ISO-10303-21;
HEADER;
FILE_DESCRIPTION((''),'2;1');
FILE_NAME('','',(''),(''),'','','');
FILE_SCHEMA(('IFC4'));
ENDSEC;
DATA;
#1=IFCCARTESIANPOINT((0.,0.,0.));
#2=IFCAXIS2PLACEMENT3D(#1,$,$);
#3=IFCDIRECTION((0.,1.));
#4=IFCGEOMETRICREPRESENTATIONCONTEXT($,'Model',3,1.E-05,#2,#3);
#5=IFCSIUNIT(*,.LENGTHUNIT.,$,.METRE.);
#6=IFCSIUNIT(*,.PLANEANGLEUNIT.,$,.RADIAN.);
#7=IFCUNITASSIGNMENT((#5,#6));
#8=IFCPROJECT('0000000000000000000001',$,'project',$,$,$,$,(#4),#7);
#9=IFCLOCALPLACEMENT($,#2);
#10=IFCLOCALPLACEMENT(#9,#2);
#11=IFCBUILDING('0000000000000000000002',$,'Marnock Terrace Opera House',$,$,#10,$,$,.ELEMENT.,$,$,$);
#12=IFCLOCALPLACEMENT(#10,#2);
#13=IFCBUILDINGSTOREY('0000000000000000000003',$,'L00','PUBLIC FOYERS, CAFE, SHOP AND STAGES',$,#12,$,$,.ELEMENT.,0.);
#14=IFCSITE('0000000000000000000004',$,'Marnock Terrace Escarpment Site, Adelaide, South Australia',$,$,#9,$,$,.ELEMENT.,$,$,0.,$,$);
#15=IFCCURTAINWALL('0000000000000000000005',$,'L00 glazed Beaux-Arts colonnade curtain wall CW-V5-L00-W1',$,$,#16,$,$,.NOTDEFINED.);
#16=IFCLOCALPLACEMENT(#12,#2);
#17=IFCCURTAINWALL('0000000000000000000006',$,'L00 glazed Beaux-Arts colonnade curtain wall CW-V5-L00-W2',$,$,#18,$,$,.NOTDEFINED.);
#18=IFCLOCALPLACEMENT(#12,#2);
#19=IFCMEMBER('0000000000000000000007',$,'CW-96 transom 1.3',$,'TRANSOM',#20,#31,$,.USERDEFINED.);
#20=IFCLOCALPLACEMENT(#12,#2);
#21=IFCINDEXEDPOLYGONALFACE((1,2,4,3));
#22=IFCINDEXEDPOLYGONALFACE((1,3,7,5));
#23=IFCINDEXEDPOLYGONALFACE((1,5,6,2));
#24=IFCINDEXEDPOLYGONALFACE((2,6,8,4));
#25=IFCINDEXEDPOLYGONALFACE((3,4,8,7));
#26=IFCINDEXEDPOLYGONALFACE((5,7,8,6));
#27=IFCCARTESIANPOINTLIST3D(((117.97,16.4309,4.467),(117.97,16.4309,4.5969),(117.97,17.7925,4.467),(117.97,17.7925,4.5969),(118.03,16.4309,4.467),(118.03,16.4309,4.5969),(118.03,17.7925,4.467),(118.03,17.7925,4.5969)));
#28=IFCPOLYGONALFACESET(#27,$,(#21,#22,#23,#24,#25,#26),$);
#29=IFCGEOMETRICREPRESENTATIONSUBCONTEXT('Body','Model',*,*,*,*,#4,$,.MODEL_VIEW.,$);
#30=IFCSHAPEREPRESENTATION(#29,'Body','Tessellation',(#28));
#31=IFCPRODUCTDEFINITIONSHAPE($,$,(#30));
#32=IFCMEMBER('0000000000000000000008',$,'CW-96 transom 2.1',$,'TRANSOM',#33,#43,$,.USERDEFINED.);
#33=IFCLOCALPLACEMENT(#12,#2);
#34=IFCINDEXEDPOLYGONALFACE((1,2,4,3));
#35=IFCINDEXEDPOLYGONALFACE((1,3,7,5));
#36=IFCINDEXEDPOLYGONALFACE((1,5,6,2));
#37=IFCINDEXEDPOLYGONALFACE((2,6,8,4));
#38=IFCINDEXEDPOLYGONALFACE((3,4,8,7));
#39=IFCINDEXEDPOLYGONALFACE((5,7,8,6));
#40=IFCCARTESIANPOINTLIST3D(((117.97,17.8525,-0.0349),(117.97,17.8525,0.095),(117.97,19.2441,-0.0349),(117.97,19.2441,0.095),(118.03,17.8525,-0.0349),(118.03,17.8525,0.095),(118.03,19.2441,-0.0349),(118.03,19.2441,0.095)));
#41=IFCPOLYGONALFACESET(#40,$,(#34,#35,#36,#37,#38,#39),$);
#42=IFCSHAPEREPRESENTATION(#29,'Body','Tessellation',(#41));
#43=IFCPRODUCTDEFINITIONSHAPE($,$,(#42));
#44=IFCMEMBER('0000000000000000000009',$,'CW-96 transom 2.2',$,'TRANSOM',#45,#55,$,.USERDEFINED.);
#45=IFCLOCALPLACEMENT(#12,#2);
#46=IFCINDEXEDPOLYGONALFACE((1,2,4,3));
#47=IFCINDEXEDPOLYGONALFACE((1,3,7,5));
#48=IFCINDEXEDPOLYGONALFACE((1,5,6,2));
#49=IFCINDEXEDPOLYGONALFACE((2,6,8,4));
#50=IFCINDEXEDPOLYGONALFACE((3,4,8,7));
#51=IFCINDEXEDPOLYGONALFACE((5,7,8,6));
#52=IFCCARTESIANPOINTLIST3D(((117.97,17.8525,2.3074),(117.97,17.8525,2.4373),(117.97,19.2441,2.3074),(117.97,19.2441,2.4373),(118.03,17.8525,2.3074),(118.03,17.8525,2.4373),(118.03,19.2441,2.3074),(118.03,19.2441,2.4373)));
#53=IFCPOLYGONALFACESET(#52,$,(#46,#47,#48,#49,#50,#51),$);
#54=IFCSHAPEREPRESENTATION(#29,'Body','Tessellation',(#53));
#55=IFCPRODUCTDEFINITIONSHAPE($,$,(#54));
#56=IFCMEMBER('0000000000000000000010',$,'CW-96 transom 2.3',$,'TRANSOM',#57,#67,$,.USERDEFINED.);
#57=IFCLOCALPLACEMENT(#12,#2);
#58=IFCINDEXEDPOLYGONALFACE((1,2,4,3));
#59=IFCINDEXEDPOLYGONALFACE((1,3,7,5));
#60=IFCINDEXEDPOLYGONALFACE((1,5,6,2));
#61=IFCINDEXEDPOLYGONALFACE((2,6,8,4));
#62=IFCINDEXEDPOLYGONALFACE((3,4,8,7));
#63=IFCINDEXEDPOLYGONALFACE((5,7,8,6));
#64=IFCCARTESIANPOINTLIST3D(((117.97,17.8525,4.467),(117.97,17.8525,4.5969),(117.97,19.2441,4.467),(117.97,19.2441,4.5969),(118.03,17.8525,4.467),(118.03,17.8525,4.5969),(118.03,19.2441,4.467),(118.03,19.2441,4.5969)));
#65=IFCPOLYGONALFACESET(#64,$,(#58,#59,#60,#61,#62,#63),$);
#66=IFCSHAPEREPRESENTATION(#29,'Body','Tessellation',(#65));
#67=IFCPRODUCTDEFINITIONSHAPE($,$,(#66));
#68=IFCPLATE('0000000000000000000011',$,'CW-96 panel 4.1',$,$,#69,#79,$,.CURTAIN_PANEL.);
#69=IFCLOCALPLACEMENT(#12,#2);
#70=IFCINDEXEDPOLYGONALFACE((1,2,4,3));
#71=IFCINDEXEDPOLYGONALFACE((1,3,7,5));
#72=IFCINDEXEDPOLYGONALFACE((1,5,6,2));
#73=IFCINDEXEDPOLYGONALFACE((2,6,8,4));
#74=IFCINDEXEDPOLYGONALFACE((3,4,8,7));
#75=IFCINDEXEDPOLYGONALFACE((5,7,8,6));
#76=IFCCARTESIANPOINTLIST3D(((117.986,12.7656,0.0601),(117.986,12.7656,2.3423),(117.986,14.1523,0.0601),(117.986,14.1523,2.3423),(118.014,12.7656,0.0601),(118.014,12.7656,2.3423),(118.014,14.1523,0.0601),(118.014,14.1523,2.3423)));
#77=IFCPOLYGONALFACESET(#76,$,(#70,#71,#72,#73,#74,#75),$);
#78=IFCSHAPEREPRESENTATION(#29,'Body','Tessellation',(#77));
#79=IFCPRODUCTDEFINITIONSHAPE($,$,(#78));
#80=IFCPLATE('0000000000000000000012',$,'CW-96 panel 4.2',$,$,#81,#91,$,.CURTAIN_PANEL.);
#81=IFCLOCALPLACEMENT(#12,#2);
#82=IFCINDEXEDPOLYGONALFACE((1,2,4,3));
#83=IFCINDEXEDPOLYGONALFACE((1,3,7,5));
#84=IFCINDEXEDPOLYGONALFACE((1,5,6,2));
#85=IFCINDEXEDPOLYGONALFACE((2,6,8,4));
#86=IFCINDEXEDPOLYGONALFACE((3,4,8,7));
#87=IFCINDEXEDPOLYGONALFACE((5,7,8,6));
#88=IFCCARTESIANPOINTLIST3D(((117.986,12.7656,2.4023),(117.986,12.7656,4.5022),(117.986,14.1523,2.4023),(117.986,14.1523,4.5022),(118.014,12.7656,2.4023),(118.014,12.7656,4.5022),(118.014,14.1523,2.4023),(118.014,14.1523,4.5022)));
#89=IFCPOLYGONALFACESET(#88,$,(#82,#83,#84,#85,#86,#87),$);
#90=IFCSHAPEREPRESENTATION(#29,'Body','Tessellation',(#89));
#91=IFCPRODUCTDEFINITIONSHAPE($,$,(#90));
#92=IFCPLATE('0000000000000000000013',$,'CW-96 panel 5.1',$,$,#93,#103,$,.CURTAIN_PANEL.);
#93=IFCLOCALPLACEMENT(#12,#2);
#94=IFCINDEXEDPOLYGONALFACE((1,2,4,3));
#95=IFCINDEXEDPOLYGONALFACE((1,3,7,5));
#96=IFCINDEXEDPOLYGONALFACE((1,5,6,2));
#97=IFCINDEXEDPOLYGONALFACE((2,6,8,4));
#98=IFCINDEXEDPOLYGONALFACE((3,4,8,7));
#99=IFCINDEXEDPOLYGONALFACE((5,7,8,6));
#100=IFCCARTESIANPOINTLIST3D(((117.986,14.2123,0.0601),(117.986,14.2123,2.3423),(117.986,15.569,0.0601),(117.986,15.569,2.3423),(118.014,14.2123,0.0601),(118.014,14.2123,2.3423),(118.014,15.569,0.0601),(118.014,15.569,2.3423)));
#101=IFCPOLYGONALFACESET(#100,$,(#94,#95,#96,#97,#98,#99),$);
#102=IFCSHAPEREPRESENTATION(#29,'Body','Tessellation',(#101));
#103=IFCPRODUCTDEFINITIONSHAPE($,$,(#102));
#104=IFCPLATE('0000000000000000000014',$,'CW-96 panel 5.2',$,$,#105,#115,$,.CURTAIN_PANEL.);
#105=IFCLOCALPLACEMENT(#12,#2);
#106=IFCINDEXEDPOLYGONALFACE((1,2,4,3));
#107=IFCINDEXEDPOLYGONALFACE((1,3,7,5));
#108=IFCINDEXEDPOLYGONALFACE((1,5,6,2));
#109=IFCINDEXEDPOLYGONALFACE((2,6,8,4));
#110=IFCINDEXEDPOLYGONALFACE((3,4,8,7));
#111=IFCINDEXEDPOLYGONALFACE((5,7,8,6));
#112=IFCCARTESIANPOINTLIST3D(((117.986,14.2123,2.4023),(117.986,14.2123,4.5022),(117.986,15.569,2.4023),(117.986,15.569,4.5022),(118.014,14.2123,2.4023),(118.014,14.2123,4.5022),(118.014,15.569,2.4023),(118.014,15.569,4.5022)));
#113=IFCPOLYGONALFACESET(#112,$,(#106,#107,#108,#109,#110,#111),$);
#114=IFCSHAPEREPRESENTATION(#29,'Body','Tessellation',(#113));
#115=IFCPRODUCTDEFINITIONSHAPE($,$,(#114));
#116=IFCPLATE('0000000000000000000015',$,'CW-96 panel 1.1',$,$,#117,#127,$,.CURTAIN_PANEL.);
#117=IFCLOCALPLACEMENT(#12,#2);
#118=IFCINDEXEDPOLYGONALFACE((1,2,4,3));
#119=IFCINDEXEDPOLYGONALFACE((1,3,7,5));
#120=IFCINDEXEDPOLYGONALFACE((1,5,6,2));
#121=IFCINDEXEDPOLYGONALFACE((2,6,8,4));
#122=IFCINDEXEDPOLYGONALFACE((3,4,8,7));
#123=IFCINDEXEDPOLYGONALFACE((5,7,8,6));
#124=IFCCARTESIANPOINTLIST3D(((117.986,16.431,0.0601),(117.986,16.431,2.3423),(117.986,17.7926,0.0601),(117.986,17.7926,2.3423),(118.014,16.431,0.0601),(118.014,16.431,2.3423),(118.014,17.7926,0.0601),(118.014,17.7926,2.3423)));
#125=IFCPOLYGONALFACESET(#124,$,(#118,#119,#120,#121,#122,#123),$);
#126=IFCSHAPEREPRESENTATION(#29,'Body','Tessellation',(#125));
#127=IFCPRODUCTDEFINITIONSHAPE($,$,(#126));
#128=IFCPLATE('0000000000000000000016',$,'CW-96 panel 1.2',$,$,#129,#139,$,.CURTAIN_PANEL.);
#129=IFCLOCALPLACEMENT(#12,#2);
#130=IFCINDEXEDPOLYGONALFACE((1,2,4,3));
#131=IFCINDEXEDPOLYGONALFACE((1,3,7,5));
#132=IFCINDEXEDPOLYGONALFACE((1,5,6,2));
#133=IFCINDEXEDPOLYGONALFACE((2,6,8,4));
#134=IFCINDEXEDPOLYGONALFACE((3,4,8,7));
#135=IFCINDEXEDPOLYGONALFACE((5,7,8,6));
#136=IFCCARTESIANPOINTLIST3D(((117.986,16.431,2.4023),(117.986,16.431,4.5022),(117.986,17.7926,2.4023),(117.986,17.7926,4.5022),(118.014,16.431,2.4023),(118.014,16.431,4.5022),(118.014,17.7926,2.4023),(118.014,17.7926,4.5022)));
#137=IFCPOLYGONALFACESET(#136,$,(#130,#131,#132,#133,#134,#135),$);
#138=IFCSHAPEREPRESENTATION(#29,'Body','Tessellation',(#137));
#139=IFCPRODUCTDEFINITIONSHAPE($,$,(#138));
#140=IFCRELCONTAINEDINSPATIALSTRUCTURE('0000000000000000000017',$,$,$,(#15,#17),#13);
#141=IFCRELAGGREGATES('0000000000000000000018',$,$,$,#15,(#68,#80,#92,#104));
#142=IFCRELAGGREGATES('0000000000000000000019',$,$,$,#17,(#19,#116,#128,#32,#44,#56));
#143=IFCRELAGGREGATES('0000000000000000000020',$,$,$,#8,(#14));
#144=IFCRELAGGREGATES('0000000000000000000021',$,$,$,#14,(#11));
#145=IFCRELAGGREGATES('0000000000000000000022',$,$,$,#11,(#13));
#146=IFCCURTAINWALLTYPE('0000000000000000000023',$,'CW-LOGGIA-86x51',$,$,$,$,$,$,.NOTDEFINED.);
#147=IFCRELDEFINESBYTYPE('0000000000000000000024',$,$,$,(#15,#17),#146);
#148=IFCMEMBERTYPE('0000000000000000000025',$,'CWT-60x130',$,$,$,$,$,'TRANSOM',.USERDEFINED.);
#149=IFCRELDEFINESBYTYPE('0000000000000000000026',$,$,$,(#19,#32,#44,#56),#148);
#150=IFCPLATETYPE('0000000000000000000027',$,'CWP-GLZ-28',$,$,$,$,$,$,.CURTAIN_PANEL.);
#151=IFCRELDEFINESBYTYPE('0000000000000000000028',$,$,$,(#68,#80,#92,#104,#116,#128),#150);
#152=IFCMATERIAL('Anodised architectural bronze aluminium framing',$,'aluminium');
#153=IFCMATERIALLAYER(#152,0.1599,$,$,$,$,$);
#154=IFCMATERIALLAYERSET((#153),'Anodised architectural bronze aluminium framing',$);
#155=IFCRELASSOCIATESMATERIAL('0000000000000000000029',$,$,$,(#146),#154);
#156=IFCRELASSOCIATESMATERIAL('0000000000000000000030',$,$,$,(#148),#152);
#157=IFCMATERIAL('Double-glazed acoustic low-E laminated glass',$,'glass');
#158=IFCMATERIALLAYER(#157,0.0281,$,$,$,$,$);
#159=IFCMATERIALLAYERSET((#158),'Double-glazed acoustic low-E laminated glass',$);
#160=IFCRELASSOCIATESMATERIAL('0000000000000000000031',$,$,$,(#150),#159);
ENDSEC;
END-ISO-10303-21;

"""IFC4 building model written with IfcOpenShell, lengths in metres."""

from ifc_helpers import new_model, si_unit, direction, frame, origin, origin_2d, place, context, subcontext, project, spatial, rectangle, extrude, material, layer, layer_set, material_profile, profile_set, type_object, element, aggregate, save


model = new_model("IFC4")

# Units and contexts
model_context = context("Model", 3, precision=1e-05, world=origin(), true_north=direction((0.0, 1.0)))
body_context = subcontext(model_context, "Body", "Model", "MODEL_VIEW")
ifc_project = project(units=[si_unit("LENGTHUNIT", "METRE"), si_unit("PLANEANGLEUNIT", "RADIAN")], contexts=[model_context])

# Site, building, storey
site_placement = place(None, origin())
site = spatial("IfcSite", under=ifc_project, at=site_placement, Name="Marnock Terrace Escarpment Site, Adelaide, South Australia", CompositionType="ELEMENT", RefElevation=0.0)
building_placement = place(site_placement, origin())
building = spatial("IfcBuilding", under=site, at=building_placement, Name="Marnock Terrace Opera House", CompositionType="ELEMENT")
storey_placement = place(building_placement, origin())
storey = spatial("IfcBuildingStorey", under=building, at=storey_placement, Name="L00", Description="PUBLIC FOYERS, CAFE, SHOP AND STAGES", CompositionType="ELEMENT", Elevation=0.0)

# Curtain walls
ifc_material_1 = material(Name="Anodised architectural bronze aluminium framing", Category="aluminium")
ifc_layer_1 = layer(ifc_material_1, 0.1599)
ifc_layer_set_1 = layer_set([ifc_layer_1], Name="Anodised architectural bronze aluminium framing")
curtain_wall_type = type_object("IfcCurtainWallType", Name="CW-LOGGIA-86x51", PredefinedType="NOTDEFINED", material=ifc_layer_set_1)
curtain_wall_1_placement = place(storey_placement, origin())
curtain_wall_1 = element("IfcCurtainWall", 1, at=curtain_wall_1_placement, inside=storey, type_object=curtain_wall_type, Name="L00 glazed Beaux-Arts colonnade curtain wall CW-V5-L00-W1", PredefinedType="NOTDEFINED")
curtain_wall_2_placement = place(storey_placement, origin())
curtain_wall_2 = element("IfcCurtainWall", 2, at=curtain_wall_2_placement, inside=storey, type_object=curtain_wall_type, Name="L00 glazed Beaux-Arts colonnade curtain wall CW-V5-L00-W2", PredefinedType="NOTDEFINED")

# Members
ifc_material_profile_1 = material_profile(ifc_material_1, rectangle(XDim=0.0601, YDim=0.1299, at=origin_2d()))
ifc_profile_set_1 = profile_set([ifc_material_profile_1], Name="Anodised architectural bronze aluminium framing")
member_type_1 = type_object("IfcMemberType", Name="CWT-60x130", ElementType="TRANSOM", PredefinedType="USERDEFINED", material=ifc_profile_set_1)
member_1_placement = place(storey_placement, frame((118.0, 16.4309, 4.532), z_axis=(0.0, 1.0, 0.0), x_axis=(-1.0, 0.0, 0.0)))
member_1 = element("IfcMember", 3, at=member_1_placement, type_object=member_type_1, Name="CW-96 transom 1.3", ObjectType="TRANSOM", PredefinedType="USERDEFINED", context=body_context, shape_type="SweptSolid", body=[
    extrude(rectangle(XDim=0.0601, YDim=0.1299, at=origin_2d()), origin(), (0.0, 0.0, 1.0), 1.3616),
])
member_2_placement = place(storey_placement, frame((118.0, 17.8525, 0.03), z_axis=(0.0, 1.0, 0.0), x_axis=(-1.0, 0.0, 0.0)))
member_2 = element("IfcMember", 4, at=member_2_placement, type_object=member_type_1, Name="CW-96 transom 2.1", ObjectType="TRANSOM", PredefinedType="USERDEFINED", context=body_context, shape_type="SweptSolid", body=[
    extrude(rectangle(XDim=0.0601, YDim=0.1299, at=origin_2d()), origin(), (0.0, 0.0, 1.0), 1.3916),
])
member_3_placement = place(storey_placement, frame((118.0, 17.8525, 2.3723), z_axis=(0.0, 1.0, 0.0), x_axis=(-1.0, 0.0, 0.0)))
member_3 = element("IfcMember", 5, at=member_3_placement, type_object=member_type_1, Name="CW-96 transom 2.2", ObjectType="TRANSOM", PredefinedType="USERDEFINED", context=body_context, shape_type="SweptSolid", body=[
    extrude(rectangle(XDim=0.0601, YDim=0.1299, at=origin_2d()), origin(), (0.0, 0.0, 1.0), 1.3916),
])
member_4_placement = place(storey_placement, frame((118.0, 17.8525, 4.532), z_axis=(0.0, 1.0, 0.0), x_axis=(-1.0, 0.0, 0.0)))
member_4 = element("IfcMember", 6, at=member_4_placement, type_object=member_type_1, Name="CW-96 transom 2.3", ObjectType="TRANSOM", PredefinedType="USERDEFINED", context=body_context, shape_type="SweptSolid", body=[
    extrude(rectangle(XDim=0.0601, YDim=0.1299, at=origin_2d()), origin(), (0.0, 0.0, 1.0), 1.3916),
])

# Plates
ifc_material_2 = material(Name="Double-glazed acoustic low-E laminated glass", Category="glass")
ifc_layer_2 = layer(ifc_material_2, 0.0281)
ifc_layer_set_2 = layer_set([ifc_layer_2], Name="Double-glazed acoustic low-E laminated glass")
plate_type = type_object("IfcPlateType", Name="CWP-GLZ-28", PredefinedType="CURTAIN_PANEL", material=ifc_layer_set_2)
plate_1_placement = place(storey_placement, frame((118.0, 13.459, 0.0601), z_axis=(0.0, 0.0, 1.0), x_axis=(0.0, 1.0, 0.0)))
plate_1 = element("IfcPlate", 7, at=plate_1_placement, type_object=plate_type, Name="CW-96 panel 4.1", PredefinedType="CURTAIN_PANEL", context=body_context, shape_type="SweptSolid", body=[
    extrude(rectangle(XDim=1.3867, YDim=0.0281, at=origin_2d()), origin(), (0.0, 0.0, 1.0), 2.2822),
])
plate_2_placement = place(storey_placement, frame((118.0, 13.459, 2.4023), z_axis=(0.0, 0.0, 1.0), x_axis=(0.0, 1.0, 0.0)))
plate_2 = element("IfcPlate", 8, at=plate_2_placement, type_object=plate_type, Name="CW-96 panel 4.2", PredefinedType="CURTAIN_PANEL", context=body_context, shape_type="SweptSolid", body=[
    extrude(rectangle(XDim=1.3867, YDim=0.0281, at=origin_2d()), origin(), (0.0, 0.0, 1.0), 2.0999),
])
plate_3_placement = place(storey_placement, frame((118.0, 14.8906, 0.0601), z_axis=(0.0, 0.0, 1.0), x_axis=(0.0, 1.0, 0.0)))
plate_3 = element("IfcPlate", 9, at=plate_3_placement, type_object=plate_type, Name="CW-96 panel 5.1", PredefinedType="CURTAIN_PANEL", context=body_context, shape_type="SweptSolid", body=[
    extrude(rectangle(XDim=1.3567, YDim=0.0281, at=origin_2d()), origin(), (0.0, 0.0, 1.0), 2.2822),
])
plate_4_placement = place(storey_placement, frame((118.0, 14.8906, 2.4023), z_axis=(0.0, 0.0, 1.0), x_axis=(0.0, 1.0, 0.0)))
plate_4 = element("IfcPlate", 10, at=plate_4_placement, type_object=plate_type, Name="CW-96 panel 5.2", PredefinedType="CURTAIN_PANEL", context=body_context, shape_type="SweptSolid", body=[
    extrude(rectangle(XDim=1.3567, YDim=0.0281, at=origin_2d()), origin(), (0.0, 0.0, 1.0), 2.0999),
])
aggregate(curtain_wall_1, [plate_1, plate_2, plate_3, plate_4])
plate_5_placement = place(storey_placement, frame((118.0, 17.1118, 0.0601), z_axis=(0.0, 0.0, 1.0), x_axis=(0.0, 1.0, 0.0)))
plate_5 = element("IfcPlate", 11, at=plate_5_placement, type_object=plate_type, Name="CW-96 panel 1.1", PredefinedType="CURTAIN_PANEL", context=body_context, shape_type="SweptSolid", body=[
    extrude(rectangle(XDim=1.3616, YDim=0.0281, at=origin_2d()), origin(), (0.0, 0.0, 1.0), 2.2822),
])
plate_6_placement = place(storey_placement, frame((118.0, 17.1118, 2.4023), z_axis=(0.0, 0.0, 1.0), x_axis=(0.0, 1.0, 0.0)))
plate_6 = element("IfcPlate", 12, at=plate_6_placement, type_object=plate_type, Name="CW-96 panel 1.2", PredefinedType="CURTAIN_PANEL", context=body_context, shape_type="SweptSolid", body=[
    extrude(rectangle(XDim=1.3616, YDim=0.0281, at=origin_2d()), origin(), (0.0, 0.0, 1.0), 2.0999),
])
aggregate(curtain_wall_2, [member_1, plate_5, plate_6, member_2, member_3, member_4])

save(model, "model.ifc")
